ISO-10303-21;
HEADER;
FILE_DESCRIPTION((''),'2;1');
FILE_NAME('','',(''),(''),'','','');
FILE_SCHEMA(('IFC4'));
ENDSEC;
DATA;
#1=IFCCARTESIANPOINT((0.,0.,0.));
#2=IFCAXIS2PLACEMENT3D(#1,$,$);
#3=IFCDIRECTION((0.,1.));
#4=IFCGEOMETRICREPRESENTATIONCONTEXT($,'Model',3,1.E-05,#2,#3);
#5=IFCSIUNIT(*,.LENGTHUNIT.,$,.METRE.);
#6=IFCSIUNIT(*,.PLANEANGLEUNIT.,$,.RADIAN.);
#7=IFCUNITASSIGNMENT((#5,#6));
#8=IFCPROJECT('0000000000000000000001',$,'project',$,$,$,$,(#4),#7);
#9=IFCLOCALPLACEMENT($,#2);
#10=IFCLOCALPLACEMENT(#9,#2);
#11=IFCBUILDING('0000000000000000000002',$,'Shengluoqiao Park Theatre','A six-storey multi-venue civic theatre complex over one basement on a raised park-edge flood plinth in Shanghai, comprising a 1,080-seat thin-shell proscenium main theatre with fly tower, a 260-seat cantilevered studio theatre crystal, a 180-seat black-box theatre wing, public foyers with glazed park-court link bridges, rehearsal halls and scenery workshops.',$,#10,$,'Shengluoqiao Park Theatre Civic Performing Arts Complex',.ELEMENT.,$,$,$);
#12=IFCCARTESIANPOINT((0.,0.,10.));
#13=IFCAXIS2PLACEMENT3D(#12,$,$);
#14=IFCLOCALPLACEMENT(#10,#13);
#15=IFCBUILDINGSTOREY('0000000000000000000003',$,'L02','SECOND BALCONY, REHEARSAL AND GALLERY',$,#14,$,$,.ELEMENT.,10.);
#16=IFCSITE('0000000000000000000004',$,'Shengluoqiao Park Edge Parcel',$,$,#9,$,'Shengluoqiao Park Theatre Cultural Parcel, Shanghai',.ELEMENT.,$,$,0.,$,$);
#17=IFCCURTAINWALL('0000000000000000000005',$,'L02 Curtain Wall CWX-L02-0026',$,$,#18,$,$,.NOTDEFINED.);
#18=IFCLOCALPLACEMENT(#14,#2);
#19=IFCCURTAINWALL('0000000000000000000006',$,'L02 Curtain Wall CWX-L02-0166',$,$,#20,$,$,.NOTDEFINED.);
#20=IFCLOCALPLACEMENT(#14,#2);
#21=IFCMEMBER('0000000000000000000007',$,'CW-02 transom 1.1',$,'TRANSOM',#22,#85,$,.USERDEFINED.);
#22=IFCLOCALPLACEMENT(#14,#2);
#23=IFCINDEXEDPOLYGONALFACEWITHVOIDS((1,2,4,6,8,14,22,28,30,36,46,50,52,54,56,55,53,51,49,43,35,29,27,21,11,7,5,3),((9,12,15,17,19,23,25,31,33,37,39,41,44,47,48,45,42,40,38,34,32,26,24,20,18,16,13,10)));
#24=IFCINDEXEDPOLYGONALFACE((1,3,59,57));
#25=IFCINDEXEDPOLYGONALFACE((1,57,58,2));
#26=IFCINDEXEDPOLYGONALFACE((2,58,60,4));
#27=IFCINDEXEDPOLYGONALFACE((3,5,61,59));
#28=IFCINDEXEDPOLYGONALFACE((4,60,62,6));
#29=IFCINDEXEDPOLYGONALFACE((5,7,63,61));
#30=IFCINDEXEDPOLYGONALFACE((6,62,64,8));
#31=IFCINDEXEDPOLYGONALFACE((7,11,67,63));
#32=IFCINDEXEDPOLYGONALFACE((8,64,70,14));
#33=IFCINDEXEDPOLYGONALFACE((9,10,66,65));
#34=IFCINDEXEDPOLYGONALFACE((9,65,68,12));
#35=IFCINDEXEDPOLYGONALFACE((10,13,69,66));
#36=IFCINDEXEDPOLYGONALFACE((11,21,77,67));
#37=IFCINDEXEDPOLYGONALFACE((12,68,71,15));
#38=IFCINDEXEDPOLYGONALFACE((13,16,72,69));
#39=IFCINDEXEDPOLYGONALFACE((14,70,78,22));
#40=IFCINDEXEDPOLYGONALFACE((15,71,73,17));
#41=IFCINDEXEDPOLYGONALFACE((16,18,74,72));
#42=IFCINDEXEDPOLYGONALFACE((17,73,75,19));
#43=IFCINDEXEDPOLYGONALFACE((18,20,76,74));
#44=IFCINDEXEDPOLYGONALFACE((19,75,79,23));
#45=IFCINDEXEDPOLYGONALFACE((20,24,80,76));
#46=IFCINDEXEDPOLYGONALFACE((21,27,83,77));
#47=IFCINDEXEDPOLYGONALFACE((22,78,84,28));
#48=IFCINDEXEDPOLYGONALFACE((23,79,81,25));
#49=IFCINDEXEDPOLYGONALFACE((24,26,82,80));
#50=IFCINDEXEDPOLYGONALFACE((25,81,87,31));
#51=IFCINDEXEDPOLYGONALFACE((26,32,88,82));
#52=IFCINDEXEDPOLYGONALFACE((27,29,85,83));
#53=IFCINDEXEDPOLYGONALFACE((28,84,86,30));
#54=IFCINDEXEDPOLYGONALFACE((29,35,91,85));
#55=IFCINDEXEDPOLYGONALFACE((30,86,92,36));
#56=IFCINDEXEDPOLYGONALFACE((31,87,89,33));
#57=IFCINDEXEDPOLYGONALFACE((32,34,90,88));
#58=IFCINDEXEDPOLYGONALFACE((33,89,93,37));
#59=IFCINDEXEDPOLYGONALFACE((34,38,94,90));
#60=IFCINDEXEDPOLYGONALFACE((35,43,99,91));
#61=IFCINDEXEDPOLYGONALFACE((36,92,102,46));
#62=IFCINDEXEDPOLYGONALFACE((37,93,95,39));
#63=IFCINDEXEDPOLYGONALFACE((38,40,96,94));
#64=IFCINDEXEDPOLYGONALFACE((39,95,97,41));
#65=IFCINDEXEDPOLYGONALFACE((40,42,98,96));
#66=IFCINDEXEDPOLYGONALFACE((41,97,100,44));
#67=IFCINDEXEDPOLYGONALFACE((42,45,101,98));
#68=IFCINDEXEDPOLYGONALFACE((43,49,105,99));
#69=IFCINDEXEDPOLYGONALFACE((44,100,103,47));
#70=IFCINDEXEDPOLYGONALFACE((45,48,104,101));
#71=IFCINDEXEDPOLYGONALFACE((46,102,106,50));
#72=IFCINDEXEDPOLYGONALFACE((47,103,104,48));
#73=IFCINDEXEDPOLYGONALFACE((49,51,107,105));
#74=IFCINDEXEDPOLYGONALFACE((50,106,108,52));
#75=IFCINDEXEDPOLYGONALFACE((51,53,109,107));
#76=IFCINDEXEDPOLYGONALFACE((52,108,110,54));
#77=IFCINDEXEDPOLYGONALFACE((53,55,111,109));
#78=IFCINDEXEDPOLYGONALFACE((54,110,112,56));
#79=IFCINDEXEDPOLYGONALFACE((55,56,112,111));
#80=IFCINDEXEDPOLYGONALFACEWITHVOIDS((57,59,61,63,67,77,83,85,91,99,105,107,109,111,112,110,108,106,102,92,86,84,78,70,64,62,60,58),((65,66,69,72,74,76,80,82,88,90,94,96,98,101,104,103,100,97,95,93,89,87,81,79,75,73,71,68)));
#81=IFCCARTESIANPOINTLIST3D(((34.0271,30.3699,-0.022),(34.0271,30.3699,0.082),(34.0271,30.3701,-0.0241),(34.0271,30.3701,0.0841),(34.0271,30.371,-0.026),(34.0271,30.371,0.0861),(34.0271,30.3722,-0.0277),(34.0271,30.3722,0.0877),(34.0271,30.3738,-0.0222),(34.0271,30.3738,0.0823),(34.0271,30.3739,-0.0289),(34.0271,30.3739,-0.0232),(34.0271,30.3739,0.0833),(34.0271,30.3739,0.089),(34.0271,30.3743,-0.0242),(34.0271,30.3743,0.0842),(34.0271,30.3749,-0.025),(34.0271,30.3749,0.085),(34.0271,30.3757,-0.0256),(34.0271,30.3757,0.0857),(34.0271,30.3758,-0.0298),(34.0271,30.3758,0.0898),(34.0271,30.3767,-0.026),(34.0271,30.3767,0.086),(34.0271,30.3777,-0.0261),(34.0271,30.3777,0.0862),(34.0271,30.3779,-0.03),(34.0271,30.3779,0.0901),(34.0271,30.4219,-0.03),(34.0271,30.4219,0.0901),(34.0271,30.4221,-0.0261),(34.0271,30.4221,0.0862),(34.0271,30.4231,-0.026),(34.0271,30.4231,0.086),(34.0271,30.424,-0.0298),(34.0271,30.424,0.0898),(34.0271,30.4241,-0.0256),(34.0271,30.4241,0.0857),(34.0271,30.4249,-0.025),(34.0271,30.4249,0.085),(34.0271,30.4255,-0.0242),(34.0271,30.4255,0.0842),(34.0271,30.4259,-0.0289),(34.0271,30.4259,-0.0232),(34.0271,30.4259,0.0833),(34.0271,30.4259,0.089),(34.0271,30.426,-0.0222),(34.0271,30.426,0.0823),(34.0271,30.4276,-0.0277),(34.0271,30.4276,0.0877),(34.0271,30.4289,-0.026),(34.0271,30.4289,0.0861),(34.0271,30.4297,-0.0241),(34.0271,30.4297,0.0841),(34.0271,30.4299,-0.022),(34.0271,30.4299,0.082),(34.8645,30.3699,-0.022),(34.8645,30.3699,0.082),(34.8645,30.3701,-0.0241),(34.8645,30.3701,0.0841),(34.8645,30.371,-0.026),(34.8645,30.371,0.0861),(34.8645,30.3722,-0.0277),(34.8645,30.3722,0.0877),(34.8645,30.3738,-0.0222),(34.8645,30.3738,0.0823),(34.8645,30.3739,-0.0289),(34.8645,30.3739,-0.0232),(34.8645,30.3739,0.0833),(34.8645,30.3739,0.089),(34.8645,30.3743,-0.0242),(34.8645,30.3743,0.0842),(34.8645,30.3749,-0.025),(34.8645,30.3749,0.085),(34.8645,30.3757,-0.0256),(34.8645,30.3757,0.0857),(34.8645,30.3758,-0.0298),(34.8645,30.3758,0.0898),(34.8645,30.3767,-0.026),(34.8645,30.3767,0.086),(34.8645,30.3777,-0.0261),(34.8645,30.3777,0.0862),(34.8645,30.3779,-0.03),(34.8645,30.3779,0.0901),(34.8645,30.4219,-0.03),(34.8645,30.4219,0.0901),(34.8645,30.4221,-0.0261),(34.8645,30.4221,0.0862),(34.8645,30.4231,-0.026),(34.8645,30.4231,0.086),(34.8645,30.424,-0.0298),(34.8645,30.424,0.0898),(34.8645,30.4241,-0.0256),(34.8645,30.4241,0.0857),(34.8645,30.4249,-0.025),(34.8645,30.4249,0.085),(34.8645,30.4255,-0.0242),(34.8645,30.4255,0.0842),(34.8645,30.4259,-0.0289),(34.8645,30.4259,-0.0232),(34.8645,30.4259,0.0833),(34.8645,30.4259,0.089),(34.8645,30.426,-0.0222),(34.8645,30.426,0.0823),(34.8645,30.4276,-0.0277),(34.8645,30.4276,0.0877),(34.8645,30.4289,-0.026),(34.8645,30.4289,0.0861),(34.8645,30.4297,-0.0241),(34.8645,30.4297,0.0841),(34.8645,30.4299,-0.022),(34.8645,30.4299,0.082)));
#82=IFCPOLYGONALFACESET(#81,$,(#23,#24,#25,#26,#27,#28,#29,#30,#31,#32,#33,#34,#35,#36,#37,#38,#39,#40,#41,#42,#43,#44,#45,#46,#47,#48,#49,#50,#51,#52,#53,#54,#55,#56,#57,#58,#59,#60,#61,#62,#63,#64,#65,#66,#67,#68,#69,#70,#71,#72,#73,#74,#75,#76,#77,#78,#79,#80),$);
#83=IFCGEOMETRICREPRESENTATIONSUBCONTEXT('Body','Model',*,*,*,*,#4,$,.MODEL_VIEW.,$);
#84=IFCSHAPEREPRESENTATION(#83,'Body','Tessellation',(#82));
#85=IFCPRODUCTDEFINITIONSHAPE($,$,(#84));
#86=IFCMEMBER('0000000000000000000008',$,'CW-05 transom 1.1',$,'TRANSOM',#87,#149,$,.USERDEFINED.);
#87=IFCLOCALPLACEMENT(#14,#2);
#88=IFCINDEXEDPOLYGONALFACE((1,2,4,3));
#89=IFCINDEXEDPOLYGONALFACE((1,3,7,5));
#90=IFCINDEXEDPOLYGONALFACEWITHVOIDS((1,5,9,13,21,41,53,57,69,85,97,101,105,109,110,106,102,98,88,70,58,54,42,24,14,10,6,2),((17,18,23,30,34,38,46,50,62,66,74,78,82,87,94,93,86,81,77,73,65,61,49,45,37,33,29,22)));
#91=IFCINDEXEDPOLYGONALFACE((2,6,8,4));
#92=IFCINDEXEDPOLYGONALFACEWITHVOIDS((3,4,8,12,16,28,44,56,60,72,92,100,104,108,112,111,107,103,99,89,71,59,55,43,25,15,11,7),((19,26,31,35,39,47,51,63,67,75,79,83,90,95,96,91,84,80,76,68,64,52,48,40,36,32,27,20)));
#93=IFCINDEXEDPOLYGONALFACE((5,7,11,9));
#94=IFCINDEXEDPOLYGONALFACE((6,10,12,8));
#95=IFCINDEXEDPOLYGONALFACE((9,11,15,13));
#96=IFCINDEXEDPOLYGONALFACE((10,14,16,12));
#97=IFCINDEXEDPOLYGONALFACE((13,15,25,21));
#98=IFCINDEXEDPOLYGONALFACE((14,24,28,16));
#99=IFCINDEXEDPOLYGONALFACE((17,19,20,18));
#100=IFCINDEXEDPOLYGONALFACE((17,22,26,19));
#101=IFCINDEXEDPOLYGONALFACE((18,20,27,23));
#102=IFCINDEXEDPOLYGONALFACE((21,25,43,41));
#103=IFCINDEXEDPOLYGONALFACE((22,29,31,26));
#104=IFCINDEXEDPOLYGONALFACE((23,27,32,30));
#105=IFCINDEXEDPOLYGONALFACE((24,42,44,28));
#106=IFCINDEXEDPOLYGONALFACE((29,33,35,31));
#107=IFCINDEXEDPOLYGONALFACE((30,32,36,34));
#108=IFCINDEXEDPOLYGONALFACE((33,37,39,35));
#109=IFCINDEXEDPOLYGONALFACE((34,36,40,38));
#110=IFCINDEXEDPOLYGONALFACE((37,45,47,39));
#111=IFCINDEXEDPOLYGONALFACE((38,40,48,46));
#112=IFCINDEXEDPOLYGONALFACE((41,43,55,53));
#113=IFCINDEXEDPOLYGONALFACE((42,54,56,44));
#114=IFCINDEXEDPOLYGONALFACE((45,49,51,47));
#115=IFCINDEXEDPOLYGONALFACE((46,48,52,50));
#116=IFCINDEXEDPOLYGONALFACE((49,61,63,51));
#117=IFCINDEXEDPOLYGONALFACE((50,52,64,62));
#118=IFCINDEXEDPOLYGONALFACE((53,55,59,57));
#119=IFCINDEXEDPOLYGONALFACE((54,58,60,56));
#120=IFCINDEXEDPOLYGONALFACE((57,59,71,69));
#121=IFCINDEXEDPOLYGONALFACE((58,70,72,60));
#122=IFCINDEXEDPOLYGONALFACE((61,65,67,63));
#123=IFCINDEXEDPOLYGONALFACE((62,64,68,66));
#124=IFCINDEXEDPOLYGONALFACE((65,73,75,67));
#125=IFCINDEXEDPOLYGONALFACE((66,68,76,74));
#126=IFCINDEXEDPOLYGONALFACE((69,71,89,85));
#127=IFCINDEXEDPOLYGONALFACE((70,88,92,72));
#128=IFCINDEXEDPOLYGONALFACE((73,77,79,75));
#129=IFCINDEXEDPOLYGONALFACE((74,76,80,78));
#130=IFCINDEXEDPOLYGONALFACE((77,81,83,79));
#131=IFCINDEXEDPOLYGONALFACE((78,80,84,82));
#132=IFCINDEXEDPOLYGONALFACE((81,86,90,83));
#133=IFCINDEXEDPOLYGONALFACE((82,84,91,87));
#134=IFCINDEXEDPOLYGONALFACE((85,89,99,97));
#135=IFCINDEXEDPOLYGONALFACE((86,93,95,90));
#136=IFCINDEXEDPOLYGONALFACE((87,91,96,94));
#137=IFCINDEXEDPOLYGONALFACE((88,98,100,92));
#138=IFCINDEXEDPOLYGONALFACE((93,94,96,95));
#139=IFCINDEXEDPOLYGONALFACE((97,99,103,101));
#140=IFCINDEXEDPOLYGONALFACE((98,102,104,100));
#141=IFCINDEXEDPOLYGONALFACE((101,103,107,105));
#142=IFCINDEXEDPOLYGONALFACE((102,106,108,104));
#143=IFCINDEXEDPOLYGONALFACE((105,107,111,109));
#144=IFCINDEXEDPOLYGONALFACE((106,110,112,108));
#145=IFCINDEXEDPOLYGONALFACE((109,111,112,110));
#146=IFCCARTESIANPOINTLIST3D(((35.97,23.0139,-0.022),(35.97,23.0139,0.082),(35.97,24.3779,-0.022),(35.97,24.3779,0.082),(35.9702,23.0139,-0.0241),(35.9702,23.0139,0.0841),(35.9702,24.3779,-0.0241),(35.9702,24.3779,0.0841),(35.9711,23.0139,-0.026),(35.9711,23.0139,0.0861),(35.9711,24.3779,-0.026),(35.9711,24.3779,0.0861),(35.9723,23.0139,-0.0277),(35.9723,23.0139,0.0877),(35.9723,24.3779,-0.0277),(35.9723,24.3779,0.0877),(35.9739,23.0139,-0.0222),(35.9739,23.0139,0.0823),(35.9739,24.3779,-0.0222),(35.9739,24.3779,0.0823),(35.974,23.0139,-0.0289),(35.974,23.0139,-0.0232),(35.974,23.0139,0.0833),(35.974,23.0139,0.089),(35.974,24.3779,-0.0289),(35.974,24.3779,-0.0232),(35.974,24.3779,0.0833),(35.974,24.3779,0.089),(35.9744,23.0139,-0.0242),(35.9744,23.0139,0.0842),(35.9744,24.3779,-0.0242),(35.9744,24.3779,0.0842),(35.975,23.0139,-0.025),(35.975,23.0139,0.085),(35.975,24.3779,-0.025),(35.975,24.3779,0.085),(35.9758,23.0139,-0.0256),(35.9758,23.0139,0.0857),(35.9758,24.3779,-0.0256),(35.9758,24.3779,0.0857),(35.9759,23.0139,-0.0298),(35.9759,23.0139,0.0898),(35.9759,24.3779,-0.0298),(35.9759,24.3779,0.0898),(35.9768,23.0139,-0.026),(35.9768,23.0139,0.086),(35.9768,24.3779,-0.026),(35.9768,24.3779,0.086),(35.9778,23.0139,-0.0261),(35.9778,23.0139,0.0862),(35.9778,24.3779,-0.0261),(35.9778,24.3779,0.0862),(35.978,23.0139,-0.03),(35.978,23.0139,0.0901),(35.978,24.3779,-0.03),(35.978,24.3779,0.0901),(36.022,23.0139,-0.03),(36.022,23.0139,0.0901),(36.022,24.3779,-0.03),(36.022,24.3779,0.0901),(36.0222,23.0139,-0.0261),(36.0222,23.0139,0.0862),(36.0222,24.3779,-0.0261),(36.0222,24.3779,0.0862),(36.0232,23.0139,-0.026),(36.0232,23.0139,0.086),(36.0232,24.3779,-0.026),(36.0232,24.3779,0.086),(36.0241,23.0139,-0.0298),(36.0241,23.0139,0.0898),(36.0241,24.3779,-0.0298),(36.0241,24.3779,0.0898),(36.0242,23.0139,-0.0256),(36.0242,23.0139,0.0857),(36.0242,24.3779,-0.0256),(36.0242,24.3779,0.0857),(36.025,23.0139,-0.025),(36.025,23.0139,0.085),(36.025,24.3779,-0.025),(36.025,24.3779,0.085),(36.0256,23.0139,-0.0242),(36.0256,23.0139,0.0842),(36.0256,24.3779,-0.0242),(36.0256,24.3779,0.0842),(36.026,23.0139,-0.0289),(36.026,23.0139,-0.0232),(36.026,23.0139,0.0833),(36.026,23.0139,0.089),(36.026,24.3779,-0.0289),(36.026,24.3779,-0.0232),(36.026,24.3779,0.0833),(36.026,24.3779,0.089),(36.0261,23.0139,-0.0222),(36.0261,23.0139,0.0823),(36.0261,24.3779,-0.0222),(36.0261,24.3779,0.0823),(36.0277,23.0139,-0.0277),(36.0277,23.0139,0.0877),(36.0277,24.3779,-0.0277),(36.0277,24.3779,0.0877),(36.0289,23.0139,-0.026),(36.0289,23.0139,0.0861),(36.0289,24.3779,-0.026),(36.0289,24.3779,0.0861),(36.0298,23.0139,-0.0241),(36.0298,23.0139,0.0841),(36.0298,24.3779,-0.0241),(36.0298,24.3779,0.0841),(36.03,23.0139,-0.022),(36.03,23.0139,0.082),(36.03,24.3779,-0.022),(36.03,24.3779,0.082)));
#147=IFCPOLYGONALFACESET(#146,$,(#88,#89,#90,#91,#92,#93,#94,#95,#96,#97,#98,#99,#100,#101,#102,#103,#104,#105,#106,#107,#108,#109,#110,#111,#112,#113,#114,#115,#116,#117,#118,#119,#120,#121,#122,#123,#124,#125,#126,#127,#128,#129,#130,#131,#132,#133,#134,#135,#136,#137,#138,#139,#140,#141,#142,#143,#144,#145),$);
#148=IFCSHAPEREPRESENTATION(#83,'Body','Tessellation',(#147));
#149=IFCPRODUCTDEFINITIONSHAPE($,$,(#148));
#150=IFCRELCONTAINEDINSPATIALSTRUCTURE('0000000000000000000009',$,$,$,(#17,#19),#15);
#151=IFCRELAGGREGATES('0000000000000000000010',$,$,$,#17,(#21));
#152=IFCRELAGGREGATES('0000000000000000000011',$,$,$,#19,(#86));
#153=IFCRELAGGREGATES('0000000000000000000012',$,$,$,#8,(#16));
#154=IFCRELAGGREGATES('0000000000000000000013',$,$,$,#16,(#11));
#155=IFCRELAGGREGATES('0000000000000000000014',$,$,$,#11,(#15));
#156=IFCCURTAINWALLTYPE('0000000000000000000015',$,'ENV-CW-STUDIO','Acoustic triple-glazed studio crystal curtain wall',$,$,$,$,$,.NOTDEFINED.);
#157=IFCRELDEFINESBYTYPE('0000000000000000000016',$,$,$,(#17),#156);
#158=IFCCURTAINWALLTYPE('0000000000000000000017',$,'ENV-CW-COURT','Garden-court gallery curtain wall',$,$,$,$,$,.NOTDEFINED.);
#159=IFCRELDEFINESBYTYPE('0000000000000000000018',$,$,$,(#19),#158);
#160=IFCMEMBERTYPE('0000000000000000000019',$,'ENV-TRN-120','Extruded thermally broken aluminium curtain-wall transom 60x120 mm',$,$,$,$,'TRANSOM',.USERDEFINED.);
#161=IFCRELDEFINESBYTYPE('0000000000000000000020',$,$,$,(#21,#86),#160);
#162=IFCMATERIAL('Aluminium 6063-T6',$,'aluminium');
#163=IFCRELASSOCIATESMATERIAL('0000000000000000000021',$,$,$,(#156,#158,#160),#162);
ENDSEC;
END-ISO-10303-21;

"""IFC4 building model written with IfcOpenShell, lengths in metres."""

from ifc_helpers import new_model, si_unit, direction, frame, origin, origin_2d, place, context, subcontext, project, spatial, hollow_rectangle, extrude, material, material_profile, profile_set, type_object, element, aggregate, save


model = new_model("IFC4")

# Units and contexts
model_context = context("Model", 3, precision=1e-05, world=origin(), true_north=direction((0.0, 1.0)))
body_context = subcontext(model_context, "Body", "Model", "MODEL_VIEW")
ifc_project = project(units=[si_unit("LENGTHUNIT", "METRE"), si_unit("PLANEANGLEUNIT", "RADIAN")], contexts=[model_context])

# Site, building, storey
site_placement = place(None, origin())
site = spatial("IfcSite", under=ifc_project, at=site_placement, Name="Shengluoqiao Park Edge Parcel", LongName="Shengluoqiao Park Theatre Cultural Parcel, Shanghai", CompositionType="ELEMENT", RefElevation=0.0)
building_placement = place(site_placement, origin())
building = spatial("IfcBuilding", under=site, at=building_placement, Name="Shengluoqiao Park Theatre", Description="A six-storey multi-venue civic theatre complex over one basement on a raised park-edge flood plinth in Shanghai, comprising a 1,080-seat thin-shell proscenium main theatre with fly tower, a 260-seat cantilevered studio theatre crystal, a 180-seat black-box theatre wing, public foyers with glazed park-court link bridges, rehearsal halls and scenery workshops.", LongName="Shengluoqiao Park Theatre Civic Performing Arts Complex", CompositionType="ELEMENT")
storey_placement = place(building_placement, frame((0.0, 0.0, 10.0)))
storey = spatial("IfcBuildingStorey", under=building, at=storey_placement, Name="L02", Description="SECOND BALCONY, REHEARSAL AND GALLERY", CompositionType="ELEMENT", Elevation=10.0)

# Curtain wall
ifc_material_1 = material(Name="Aluminium 6063-T6", Category="aluminium")
curtain_wall_type_1 = type_object("IfcCurtainWallType", Name="ENV-CW-STUDIO", Description="Acoustic triple-glazed studio crystal curtain wall", PredefinedType="NOTDEFINED", material=ifc_material_1)
curtain_wall_1_placement = place(storey_placement, origin())
curtain_wall_1 = element("IfcCurtainWall", 1, at=curtain_wall_1_placement, inside=storey, type_object=curtain_wall_type_1, Name="L02 Curtain Wall CWX-L02-0026", PredefinedType="NOTDEFINED")

# Curtain wall
curtain_wall_type_2 = type_object("IfcCurtainWallType", Name="ENV-CW-COURT", Description="Garden-court gallery curtain wall", PredefinedType="NOTDEFINED", material=ifc_material_1)
curtain_wall_2_placement = place(storey_placement, origin())
curtain_wall_2 = element("IfcCurtainWall", 2, at=curtain_wall_2_placement, inside=storey, type_object=curtain_wall_type_2, Name="L02 Curtain Wall CWX-L02-0166", PredefinedType="NOTDEFINED")

# Members
ifc_material_profile_1 = material_profile(ifc_material_1, hollow_rectangle(XDim=0.0601, YDim=0.1201, WallThickness=0.0039, InnerFilletRadius=0.0039, OuterFilletRadius=0.0081, at=origin_2d()), Name="ALU TRANSOM 120x60x4")
ifc_profile_set_1 = profile_set([ifc_material_profile_1], Name="Aluminium 6063-T6")
member_type_1 = type_object("IfcMemberType", Name="ENV-TRN-120", Description="Extruded thermally broken aluminium curtain-wall transom 60x120 mm", ElementType="TRANSOM", PredefinedType="USERDEFINED", material=ifc_profile_set_1)
member_1_placement = place(storey_placement, frame((34.0271, 30.3999, 0.03), z_axis=(1.0, 0.0, 0.0), x_axis=(0.0, 1.0, 0.0)))
member_1 = element("IfcMember", 3, at=member_1_placement, type_object=member_type_1, Name="CW-02 transom 1.1", ObjectType="TRANSOM", PredefinedType="USERDEFINED", context=body_context, shape_type="SweptSolid", body=[
    extrude(hollow_rectangle(XDim=0.0601, YDim=0.1201, WallThickness=0.0039, InnerFilletRadius=0.0039, OuterFilletRadius=0.0081, at=origin_2d()), origin(), (0.0, 0.0, 1.0), 0.8374),
])
aggregate(curtain_wall_1, [member_1])
member_2_placement = place(storey_placement, frame((36.0, 23.0139, 0.03), z_axis=(0.0, 1.0, 0.0), x_axis=(-1.0, 0.0, 0.0)))
member_2 = element("IfcMember", 4, at=member_2_placement, type_object=member_type_1, Name="CW-05 transom 1.1", ObjectType="TRANSOM", PredefinedType="USERDEFINED", context=body_context, shape_type="SweptSolid", body=[
    extrude(hollow_rectangle(XDim=0.0601, YDim=0.1201, WallThickness=0.0039, InnerFilletRadius=0.0039, OuterFilletRadius=0.0081, at=origin_2d()), origin(), (0.0, 0.0, 1.0), 1.364),
])

aggregate(curtain_wall_2, [member_2])

save(model, "model.ifc")
